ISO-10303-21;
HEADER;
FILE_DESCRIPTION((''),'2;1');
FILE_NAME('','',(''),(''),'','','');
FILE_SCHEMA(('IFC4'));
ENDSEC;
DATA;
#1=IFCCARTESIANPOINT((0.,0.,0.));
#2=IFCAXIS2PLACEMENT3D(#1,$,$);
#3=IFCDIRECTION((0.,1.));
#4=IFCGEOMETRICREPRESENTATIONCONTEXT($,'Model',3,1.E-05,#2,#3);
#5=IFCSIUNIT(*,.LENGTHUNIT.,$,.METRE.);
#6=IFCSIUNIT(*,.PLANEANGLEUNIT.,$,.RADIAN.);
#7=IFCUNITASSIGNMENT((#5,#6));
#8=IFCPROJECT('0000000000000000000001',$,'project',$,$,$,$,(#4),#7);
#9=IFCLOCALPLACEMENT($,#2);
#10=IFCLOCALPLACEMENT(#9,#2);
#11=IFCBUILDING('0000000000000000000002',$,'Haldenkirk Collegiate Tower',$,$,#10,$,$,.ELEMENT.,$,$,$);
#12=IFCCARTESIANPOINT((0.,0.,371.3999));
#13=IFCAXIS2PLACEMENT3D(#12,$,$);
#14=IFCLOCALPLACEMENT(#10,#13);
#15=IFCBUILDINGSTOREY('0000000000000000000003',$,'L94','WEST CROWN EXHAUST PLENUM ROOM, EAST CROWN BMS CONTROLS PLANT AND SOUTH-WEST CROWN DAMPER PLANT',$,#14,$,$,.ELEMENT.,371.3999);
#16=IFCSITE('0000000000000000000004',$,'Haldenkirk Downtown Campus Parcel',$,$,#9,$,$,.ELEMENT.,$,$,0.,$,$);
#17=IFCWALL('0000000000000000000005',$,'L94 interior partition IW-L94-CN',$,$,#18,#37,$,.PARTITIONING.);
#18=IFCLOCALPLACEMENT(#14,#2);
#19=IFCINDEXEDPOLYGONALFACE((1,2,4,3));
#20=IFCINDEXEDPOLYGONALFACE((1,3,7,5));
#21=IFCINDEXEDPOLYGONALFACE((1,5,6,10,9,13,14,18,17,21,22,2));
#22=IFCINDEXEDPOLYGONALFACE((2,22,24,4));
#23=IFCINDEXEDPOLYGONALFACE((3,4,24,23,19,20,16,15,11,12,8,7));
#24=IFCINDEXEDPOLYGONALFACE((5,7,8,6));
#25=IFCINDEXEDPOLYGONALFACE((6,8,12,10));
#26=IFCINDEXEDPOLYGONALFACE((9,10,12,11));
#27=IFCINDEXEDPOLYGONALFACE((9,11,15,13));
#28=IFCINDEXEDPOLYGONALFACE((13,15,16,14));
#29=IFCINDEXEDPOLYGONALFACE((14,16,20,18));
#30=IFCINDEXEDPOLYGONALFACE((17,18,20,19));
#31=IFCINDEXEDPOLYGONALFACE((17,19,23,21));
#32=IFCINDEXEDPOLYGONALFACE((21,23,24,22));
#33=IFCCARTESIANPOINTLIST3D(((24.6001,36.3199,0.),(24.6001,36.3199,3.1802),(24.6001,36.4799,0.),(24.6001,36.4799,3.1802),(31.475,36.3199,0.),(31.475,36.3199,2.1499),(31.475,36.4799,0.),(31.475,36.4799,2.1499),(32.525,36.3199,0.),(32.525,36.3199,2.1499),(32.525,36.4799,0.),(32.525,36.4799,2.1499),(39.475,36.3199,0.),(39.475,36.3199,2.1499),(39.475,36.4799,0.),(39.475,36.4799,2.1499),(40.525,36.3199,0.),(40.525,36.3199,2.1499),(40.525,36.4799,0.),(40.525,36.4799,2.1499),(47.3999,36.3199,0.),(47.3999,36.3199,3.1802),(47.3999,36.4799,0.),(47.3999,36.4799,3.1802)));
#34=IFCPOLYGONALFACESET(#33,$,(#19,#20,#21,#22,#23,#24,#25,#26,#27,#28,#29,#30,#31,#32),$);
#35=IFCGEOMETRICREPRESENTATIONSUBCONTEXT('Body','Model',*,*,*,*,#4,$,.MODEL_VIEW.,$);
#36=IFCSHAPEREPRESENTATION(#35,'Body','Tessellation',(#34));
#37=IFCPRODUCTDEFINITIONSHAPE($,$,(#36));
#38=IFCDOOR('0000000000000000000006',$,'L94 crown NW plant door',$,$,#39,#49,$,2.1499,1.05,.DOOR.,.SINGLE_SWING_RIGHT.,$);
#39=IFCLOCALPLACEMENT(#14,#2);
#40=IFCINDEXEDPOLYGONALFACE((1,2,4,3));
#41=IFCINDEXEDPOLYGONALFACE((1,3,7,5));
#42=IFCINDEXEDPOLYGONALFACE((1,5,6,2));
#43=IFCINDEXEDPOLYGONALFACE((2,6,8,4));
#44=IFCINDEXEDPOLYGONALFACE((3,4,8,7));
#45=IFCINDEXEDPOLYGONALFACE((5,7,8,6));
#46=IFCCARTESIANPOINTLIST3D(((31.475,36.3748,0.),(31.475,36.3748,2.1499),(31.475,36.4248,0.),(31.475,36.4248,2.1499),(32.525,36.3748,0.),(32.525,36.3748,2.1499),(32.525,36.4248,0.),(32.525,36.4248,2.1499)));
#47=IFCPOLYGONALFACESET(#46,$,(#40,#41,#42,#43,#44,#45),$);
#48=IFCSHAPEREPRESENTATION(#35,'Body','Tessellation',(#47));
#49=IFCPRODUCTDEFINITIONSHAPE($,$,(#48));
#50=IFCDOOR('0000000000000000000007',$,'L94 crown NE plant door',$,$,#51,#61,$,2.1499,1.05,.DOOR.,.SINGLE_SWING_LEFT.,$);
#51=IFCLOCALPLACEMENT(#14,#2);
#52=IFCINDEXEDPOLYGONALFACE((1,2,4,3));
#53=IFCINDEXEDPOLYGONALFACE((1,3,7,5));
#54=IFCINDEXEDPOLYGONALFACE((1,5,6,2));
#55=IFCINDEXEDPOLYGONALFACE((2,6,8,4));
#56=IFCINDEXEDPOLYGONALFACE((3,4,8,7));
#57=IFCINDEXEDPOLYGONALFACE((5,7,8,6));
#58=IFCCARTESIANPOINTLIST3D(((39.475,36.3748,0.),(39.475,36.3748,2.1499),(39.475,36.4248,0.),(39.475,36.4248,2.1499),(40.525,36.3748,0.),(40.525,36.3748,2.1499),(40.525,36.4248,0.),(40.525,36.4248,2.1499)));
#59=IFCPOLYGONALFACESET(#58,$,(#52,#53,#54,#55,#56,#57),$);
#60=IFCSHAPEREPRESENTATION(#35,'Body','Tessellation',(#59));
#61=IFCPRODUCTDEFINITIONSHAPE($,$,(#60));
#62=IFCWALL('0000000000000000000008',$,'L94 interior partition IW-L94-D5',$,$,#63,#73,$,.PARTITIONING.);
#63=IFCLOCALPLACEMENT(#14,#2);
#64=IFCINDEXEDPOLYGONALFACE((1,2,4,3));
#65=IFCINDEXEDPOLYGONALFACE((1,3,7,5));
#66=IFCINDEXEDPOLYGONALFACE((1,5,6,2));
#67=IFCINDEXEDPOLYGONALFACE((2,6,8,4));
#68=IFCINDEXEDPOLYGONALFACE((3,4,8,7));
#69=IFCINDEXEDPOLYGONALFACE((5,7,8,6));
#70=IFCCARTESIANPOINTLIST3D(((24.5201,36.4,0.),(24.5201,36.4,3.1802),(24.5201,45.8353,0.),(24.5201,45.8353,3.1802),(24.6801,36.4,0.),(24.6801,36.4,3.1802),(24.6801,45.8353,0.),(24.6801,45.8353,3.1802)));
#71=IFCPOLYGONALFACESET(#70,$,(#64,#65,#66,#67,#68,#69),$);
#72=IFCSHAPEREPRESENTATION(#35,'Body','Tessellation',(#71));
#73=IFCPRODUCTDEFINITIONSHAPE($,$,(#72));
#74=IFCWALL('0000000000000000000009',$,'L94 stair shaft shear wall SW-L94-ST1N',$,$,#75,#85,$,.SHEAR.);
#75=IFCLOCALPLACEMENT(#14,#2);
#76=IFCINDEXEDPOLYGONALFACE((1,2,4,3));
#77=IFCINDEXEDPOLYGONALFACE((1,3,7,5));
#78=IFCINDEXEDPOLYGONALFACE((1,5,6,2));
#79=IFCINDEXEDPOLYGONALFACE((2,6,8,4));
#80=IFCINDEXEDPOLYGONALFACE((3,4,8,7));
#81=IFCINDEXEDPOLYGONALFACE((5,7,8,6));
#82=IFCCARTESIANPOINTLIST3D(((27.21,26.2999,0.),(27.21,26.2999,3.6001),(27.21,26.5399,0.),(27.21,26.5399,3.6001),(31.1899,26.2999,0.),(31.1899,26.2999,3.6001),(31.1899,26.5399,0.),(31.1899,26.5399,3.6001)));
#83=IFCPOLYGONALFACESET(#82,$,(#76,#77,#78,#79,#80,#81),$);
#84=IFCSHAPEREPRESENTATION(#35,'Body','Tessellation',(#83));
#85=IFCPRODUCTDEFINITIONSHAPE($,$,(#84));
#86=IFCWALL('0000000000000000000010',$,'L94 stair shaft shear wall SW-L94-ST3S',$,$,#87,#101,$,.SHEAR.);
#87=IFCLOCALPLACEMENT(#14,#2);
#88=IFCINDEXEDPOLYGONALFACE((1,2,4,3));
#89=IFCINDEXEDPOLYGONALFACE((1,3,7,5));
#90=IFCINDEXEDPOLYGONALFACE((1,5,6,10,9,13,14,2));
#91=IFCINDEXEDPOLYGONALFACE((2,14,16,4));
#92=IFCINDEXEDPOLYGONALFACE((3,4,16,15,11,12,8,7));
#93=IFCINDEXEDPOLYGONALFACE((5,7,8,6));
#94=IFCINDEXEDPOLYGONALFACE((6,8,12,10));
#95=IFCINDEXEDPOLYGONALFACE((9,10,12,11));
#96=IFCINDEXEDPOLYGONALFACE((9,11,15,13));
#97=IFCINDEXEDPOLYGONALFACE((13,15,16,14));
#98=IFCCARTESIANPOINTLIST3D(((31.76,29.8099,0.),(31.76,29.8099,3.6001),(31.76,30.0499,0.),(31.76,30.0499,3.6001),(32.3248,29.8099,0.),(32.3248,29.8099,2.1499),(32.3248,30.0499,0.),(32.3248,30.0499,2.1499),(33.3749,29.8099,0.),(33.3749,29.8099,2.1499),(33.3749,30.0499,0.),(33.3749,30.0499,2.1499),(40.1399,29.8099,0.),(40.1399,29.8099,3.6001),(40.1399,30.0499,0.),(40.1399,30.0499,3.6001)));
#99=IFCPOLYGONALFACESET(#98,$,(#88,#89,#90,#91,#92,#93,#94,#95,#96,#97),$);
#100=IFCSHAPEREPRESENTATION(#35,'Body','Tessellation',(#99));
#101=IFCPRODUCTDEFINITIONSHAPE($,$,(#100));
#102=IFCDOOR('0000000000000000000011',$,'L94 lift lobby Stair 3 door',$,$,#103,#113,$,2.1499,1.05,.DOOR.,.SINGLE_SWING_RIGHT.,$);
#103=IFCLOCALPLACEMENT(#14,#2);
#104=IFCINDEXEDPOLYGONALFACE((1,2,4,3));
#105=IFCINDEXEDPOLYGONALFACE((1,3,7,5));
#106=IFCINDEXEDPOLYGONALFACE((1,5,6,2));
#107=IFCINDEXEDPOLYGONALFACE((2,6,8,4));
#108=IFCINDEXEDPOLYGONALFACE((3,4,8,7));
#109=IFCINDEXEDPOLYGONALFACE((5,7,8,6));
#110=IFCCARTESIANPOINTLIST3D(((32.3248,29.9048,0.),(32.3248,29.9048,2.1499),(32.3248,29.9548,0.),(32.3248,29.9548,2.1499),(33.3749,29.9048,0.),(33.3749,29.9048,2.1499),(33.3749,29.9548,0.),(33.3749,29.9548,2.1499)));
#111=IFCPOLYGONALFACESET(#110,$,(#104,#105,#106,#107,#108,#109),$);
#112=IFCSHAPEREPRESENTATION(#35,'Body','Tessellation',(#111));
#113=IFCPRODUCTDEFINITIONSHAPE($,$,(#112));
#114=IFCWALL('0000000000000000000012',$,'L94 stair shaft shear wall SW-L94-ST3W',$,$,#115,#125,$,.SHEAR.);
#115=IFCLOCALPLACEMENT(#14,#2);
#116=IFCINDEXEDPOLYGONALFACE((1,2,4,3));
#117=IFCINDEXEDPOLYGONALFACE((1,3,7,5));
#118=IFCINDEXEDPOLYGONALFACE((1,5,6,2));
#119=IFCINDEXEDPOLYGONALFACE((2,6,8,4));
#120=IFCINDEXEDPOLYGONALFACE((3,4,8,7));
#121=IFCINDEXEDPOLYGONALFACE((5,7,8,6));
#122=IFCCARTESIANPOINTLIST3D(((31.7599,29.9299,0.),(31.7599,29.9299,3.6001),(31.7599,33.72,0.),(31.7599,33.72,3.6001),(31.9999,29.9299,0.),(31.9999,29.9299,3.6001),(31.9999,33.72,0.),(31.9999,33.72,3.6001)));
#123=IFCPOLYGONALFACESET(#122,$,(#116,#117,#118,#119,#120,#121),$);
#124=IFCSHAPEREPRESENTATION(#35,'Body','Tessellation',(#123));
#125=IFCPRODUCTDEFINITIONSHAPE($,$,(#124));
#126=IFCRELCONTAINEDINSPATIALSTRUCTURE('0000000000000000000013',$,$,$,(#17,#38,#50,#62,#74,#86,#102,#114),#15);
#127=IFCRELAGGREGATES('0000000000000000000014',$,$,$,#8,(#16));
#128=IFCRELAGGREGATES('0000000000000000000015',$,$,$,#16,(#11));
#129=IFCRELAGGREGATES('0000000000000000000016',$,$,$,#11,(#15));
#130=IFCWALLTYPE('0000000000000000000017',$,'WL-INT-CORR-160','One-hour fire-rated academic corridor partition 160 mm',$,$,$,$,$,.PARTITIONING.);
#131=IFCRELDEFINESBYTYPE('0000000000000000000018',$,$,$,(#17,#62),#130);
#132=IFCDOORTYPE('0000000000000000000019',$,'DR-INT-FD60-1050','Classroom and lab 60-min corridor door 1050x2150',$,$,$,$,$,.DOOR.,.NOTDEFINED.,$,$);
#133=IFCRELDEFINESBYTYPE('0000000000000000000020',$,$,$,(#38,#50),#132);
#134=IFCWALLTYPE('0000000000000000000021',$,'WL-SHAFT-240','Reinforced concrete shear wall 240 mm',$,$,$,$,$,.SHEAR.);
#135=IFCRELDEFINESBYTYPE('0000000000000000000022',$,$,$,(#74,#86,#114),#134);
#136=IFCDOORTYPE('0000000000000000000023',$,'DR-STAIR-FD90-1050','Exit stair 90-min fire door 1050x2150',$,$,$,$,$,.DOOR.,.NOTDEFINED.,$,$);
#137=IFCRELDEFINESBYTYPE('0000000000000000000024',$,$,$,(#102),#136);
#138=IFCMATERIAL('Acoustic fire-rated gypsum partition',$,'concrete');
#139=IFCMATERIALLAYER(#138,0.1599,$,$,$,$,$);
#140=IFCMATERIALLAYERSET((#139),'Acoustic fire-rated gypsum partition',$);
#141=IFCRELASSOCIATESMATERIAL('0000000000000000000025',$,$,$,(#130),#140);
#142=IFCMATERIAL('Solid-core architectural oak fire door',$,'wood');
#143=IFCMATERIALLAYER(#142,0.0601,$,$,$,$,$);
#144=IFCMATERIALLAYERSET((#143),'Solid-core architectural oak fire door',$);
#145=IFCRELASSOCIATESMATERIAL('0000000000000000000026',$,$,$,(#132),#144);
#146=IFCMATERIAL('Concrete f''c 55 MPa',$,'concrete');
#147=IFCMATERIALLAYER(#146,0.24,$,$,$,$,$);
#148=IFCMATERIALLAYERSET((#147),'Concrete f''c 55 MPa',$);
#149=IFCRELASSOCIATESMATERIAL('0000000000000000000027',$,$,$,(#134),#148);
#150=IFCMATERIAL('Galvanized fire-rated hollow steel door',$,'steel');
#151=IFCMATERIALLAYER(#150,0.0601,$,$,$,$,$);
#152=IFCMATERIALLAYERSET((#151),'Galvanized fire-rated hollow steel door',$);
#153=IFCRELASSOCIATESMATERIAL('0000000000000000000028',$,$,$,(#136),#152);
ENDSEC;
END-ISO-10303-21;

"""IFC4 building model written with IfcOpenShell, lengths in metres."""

from ifc_helpers import new_model, si_unit, direction, frame, frame_2d, origin, place, context, subcontext, project, spatial, rectangle, extrude, material, layer, layer_set, type_object, element, fill, save


model = new_model("IFC4")

# Units and contexts
model_context = context("Model", 3, precision=1e-05, world=origin(), true_north=direction((0.0, 1.0)))
body_context = subcontext(model_context, "Body", "Model", "MODEL_VIEW")
ifc_project = project(units=[si_unit("LENGTHUNIT", "METRE"), si_unit("PLANEANGLEUNIT", "RADIAN")], contexts=[model_context])

# Site, building, storey
site_placement = place(None, origin())
site = spatial("IfcSite", under=ifc_project, at=site_placement, Name="Haldenkirk Downtown Campus Parcel", CompositionType="ELEMENT", RefElevation=0.0)
building_placement = place(site_placement, origin())
building = spatial("IfcBuilding", under=site, at=building_placement, Name="Haldenkirk Collegiate Tower", CompositionType="ELEMENT")
storey_placement = place(building_placement, frame((0.0, 0.0, 371.3999)))
storey = spatial("IfcBuildingStorey", under=building, at=storey_placement, Name="L94", Description="WEST CROWN EXHAUST PLENUM ROOM, EAST CROWN BMS CONTROLS PLANT AND SOUTH-WEST CROWN DAMPER PLANT", CompositionType="ELEMENT", Elevation=371.3999)

# Shared definitions
ifc_material_1 = material(Name="Concrete f'c 55 MPa", Category="concrete")

# Shared definitions
ifc_material_2 = material(Name="Acoustic fire-rated gypsum partition", Category="concrete")
ifc_layer_1 = layer(ifc_material_2, 0.1599)
ifc_layer_set_1 = layer_set([ifc_layer_1], Name="Acoustic fire-rated gypsum partition")
wall_type_1 = type_object("IfcWallType", Name="WL-INT-CORR-160", Description="One-hour fire-rated academic corridor partition 160 mm", PredefinedType="PARTITIONING", material=ifc_layer_set_1)
ifc_material_3 = material(Name="Solid-core architectural oak fire door", Category="wood")

# Wall, openings, doors
wall_1_placement = place(storey_placement, frame((24.6001, 36.3999, 0.0), z_axis=(0.0, 0.0, 1.0), x_axis=(1.0, 0.0, 0.0)))
wall_1 = element("IfcWall", 1, at=wall_1_placement, inside=storey, type_object=wall_type_1, Name="L94 interior partition IW-L94-CN", PredefinedType="PARTITIONING", context=body_context, shape_type="SweptSolid", body=[
    extrude(rectangle(XDim=22.7998, YDim=0.1599, at=frame_2d((11.3999, 0.0))), origin(), (0.0, 0.0, 1.0), 3.1802),
])
opening_1_placement = place(wall_1_placement, frame((6.875, 0.0, 0.0)))
opening_1 = element("IfcOpeningElement", 2, at=opening_1_placement, cuts=wall_1, PredefinedType="OPENING", context=body_context, shape_type="SweptSolid", body=[
    extrude(rectangle(XDim=1.05, YDim=2.1499, at=frame_2d((0.5249, 1.075))), frame((0.0, 0.0898, 0.0), z_axis=(0.0, -1.0, 0.0), x_axis=(1.0, 0.0, 0.0)), (0.0, 0.0, 1.0), 0.1799),
])
opening_2_placement = place(wall_1_placement, frame((14.875, 0.0, 0.0)))
opening_2 = element("IfcOpeningElement", 3, at=opening_2_placement, cuts=wall_1, PredefinedType="OPENING", context=body_context, shape_type="SweptSolid", body=[
    extrude(rectangle(XDim=1.05, YDim=2.1499, at=frame_2d((0.5249, 1.075))), frame((0.0, 0.0898, 0.0), z_axis=(0.0, -1.0, 0.0), x_axis=(1.0, 0.0, 0.0)), (0.0, 0.0, 1.0), 0.1799),
])
ifc_layer_2 = layer(ifc_material_3, 0.0601)
ifc_layer_set_2 = layer_set([ifc_layer_2], Name="Solid-core architectural oak fire door")
door_type_1 = type_object("IfcDoorType", Name="DR-INT-FD60-1050", Description="Classroom and lab 60-min corridor door 1050x2150", OperationType="NOTDEFINED", PredefinedType="DOOR", material=ifc_layer_set_2)
door_1_placement = place(opening_1_placement, origin())
door_1 = element("IfcDoor", 4, at=door_1_placement, inside=storey, type_object=door_type_1, Name="L94 crown NW plant door", OperationType="SINGLE_SWING_RIGHT", OverallHeight=2.1499, OverallWidth=1.05, PredefinedType="DOOR", context=body_context, shape_type="SweptSolid", body=[
    extrude(rectangle(XDim=1.05, YDim=2.1499, at=frame_2d((0.5249, 1.075))), frame((0.0, 0.0249, 0.0), z_axis=(0.0, -1.0, 0.0), x_axis=(1.0, 0.0, 0.0)), (0.0, 0.0, 1.0), 0.05),
])
fill(opening_1, door_1)
door_2_placement = place(opening_2_placement, origin())
door_2 = element("IfcDoor", 5, at=door_2_placement, inside=storey, type_object=door_type_1, Name="L94 crown NE plant door", OperationType="SINGLE_SWING_LEFT", OverallHeight=2.1499, OverallWidth=1.05, PredefinedType="DOOR", context=body_context, shape_type="SweptSolid", body=[
    extrude(rectangle(XDim=1.05, YDim=2.1499, at=frame_2d((0.5249, 1.075))), frame((0.0, 0.0249, 0.0), z_axis=(0.0, -1.0, 0.0), x_axis=(1.0, 0.0, 0.0)), (0.0, 0.0, 1.0), 0.05),
])
fill(opening_2, door_2)

# Walls
wall_2_placement = place(storey_placement, frame((24.6001, 36.3999, 0.0), z_axis=(0.0, 0.0, 1.0), x_axis=(0.0, 1.0, 0.0)))
element("IfcWall", 6, at=wall_2_placement, inside=storey, type_object=wall_type_1, Name="L94 interior partition IW-L94-D5", PredefinedType="PARTITIONING", context=body_context, shape_type="SweptSolid", body=[
    extrude(rectangle(XDim=9.4353, YDim=0.1599, at=frame_2d((4.7178, 0.0))), origin(), (0.0, 0.0, 1.0), 3.1802),
])
ifc_layer_3 = layer(ifc_material_1, 0.24)
ifc_layer_set_3 = layer_set([ifc_layer_3], Name="Concrete f'c 55 MPa")
wall_type_2 = type_object("IfcWallType", Name="WL-SHAFT-240", Description="Reinforced concrete shear wall 240 mm", PredefinedType="SHEAR", material=ifc_layer_set_3)
wall_3_placement = place(storey_placement, frame((27.21, 26.4199, 0.0), z_axis=(0.0, 0.0, 1.0), x_axis=(1.0, 0.0, 0.0)))
element("IfcWall", 7, at=wall_3_placement, inside=storey, type_object=wall_type_2, Name="L94 stair shaft shear wall SW-L94-ST1N", PredefinedType="SHEAR", context=body_context, shape_type="SweptSolid", body=[
    extrude(rectangle(XDim=3.98, YDim=0.24, at=frame_2d((1.99, 0.0))), origin(), (0.0, 0.0, 1.0), 3.6001),
])

# Wall, opening, door
wall_4_placement = place(storey_placement, frame((31.76, 29.9299, 0.0), z_axis=(0.0, 0.0, 1.0), x_axis=(1.0, 0.0, 0.0)))
wall_4 = element("IfcWall", 8, at=wall_4_placement, inside=storey, type_object=wall_type_2, Name="L94 stair shaft shear wall SW-L94-ST3S", PredefinedType="SHEAR", context=body_context, shape_type="SweptSolid", body=[
    extrude(rectangle(XDim=8.3799, YDim=0.24, at=frame_2d((4.1899, 0.0))), origin(), (0.0, 0.0, 1.0), 3.6001),
])
opening_3_placement = place(wall_4_placement, frame((0.5649, 0.0, 0.0)))
opening_3 = element("IfcOpeningElement", 9, at=opening_3_placement, cuts=wall_4, PredefinedType="OPENING", context=body_context, shape_type="SweptSolid", body=[
    extrude(rectangle(XDim=1.05, YDim=2.1499, at=frame_2d((0.5249, 1.075))), frame((0.0, 0.1299, 0.0), z_axis=(0.0, -1.0, 0.0), x_axis=(1.0, 0.0, 0.0)), (0.0, 0.0, 1.0), 0.26),
])
ifc_material_4 = material(Name="Galvanized fire-rated hollow steel door", Category="steel")
ifc_layer_4 = layer(ifc_material_4, 0.0601)
ifc_layer_set_4 = layer_set([ifc_layer_4], Name="Galvanized fire-rated hollow steel door")
door_type_2 = type_object("IfcDoorType", Name="DR-STAIR-FD90-1050", Description="Exit stair 90-min fire door 1050x2150", OperationType="NOTDEFINED", PredefinedType="DOOR", material=ifc_layer_set_4)
door_3_placement = place(opening_3_placement, origin())
door_3 = element("IfcDoor", 10, at=door_3_placement, inside=storey, type_object=door_type_2, Name="L94 lift lobby Stair 3 door", OperationType="SINGLE_SWING_RIGHT", OverallHeight=2.1499, OverallWidth=1.05, PredefinedType="DOOR", context=body_context, shape_type="SweptSolid", body=[
    extrude(rectangle(XDim=1.05, YDim=2.1499, at=frame_2d((0.5249, 1.075))), frame((0.0, 0.0249, 0.0), z_axis=(0.0, -1.0, 0.0), x_axis=(1.0, 0.0, 0.0)), (0.0, 0.0, 1.0), 0.05),
])
fill(opening_3, door_3)

# Wall
wall_5_placement = place(storey_placement, frame((31.8799, 29.9299, 0.0), z_axis=(0.0, 0.0, 1.0), x_axis=(0.0, 1.0, 0.0)))
element("IfcWall", 11, at=wall_5_placement, inside=storey, type_object=wall_type_2, Name="L94 stair shaft shear wall SW-L94-ST3W", PredefinedType="SHEAR", context=body_context, shape_type="SweptSolid", body=[
    extrude(rectangle(XDim=3.79, YDim=0.24, at=frame_2d((1.895, 0.0))), origin(), (0.0, 0.0, 1.0), 3.6001),
])

save(model, "model.ifc")
